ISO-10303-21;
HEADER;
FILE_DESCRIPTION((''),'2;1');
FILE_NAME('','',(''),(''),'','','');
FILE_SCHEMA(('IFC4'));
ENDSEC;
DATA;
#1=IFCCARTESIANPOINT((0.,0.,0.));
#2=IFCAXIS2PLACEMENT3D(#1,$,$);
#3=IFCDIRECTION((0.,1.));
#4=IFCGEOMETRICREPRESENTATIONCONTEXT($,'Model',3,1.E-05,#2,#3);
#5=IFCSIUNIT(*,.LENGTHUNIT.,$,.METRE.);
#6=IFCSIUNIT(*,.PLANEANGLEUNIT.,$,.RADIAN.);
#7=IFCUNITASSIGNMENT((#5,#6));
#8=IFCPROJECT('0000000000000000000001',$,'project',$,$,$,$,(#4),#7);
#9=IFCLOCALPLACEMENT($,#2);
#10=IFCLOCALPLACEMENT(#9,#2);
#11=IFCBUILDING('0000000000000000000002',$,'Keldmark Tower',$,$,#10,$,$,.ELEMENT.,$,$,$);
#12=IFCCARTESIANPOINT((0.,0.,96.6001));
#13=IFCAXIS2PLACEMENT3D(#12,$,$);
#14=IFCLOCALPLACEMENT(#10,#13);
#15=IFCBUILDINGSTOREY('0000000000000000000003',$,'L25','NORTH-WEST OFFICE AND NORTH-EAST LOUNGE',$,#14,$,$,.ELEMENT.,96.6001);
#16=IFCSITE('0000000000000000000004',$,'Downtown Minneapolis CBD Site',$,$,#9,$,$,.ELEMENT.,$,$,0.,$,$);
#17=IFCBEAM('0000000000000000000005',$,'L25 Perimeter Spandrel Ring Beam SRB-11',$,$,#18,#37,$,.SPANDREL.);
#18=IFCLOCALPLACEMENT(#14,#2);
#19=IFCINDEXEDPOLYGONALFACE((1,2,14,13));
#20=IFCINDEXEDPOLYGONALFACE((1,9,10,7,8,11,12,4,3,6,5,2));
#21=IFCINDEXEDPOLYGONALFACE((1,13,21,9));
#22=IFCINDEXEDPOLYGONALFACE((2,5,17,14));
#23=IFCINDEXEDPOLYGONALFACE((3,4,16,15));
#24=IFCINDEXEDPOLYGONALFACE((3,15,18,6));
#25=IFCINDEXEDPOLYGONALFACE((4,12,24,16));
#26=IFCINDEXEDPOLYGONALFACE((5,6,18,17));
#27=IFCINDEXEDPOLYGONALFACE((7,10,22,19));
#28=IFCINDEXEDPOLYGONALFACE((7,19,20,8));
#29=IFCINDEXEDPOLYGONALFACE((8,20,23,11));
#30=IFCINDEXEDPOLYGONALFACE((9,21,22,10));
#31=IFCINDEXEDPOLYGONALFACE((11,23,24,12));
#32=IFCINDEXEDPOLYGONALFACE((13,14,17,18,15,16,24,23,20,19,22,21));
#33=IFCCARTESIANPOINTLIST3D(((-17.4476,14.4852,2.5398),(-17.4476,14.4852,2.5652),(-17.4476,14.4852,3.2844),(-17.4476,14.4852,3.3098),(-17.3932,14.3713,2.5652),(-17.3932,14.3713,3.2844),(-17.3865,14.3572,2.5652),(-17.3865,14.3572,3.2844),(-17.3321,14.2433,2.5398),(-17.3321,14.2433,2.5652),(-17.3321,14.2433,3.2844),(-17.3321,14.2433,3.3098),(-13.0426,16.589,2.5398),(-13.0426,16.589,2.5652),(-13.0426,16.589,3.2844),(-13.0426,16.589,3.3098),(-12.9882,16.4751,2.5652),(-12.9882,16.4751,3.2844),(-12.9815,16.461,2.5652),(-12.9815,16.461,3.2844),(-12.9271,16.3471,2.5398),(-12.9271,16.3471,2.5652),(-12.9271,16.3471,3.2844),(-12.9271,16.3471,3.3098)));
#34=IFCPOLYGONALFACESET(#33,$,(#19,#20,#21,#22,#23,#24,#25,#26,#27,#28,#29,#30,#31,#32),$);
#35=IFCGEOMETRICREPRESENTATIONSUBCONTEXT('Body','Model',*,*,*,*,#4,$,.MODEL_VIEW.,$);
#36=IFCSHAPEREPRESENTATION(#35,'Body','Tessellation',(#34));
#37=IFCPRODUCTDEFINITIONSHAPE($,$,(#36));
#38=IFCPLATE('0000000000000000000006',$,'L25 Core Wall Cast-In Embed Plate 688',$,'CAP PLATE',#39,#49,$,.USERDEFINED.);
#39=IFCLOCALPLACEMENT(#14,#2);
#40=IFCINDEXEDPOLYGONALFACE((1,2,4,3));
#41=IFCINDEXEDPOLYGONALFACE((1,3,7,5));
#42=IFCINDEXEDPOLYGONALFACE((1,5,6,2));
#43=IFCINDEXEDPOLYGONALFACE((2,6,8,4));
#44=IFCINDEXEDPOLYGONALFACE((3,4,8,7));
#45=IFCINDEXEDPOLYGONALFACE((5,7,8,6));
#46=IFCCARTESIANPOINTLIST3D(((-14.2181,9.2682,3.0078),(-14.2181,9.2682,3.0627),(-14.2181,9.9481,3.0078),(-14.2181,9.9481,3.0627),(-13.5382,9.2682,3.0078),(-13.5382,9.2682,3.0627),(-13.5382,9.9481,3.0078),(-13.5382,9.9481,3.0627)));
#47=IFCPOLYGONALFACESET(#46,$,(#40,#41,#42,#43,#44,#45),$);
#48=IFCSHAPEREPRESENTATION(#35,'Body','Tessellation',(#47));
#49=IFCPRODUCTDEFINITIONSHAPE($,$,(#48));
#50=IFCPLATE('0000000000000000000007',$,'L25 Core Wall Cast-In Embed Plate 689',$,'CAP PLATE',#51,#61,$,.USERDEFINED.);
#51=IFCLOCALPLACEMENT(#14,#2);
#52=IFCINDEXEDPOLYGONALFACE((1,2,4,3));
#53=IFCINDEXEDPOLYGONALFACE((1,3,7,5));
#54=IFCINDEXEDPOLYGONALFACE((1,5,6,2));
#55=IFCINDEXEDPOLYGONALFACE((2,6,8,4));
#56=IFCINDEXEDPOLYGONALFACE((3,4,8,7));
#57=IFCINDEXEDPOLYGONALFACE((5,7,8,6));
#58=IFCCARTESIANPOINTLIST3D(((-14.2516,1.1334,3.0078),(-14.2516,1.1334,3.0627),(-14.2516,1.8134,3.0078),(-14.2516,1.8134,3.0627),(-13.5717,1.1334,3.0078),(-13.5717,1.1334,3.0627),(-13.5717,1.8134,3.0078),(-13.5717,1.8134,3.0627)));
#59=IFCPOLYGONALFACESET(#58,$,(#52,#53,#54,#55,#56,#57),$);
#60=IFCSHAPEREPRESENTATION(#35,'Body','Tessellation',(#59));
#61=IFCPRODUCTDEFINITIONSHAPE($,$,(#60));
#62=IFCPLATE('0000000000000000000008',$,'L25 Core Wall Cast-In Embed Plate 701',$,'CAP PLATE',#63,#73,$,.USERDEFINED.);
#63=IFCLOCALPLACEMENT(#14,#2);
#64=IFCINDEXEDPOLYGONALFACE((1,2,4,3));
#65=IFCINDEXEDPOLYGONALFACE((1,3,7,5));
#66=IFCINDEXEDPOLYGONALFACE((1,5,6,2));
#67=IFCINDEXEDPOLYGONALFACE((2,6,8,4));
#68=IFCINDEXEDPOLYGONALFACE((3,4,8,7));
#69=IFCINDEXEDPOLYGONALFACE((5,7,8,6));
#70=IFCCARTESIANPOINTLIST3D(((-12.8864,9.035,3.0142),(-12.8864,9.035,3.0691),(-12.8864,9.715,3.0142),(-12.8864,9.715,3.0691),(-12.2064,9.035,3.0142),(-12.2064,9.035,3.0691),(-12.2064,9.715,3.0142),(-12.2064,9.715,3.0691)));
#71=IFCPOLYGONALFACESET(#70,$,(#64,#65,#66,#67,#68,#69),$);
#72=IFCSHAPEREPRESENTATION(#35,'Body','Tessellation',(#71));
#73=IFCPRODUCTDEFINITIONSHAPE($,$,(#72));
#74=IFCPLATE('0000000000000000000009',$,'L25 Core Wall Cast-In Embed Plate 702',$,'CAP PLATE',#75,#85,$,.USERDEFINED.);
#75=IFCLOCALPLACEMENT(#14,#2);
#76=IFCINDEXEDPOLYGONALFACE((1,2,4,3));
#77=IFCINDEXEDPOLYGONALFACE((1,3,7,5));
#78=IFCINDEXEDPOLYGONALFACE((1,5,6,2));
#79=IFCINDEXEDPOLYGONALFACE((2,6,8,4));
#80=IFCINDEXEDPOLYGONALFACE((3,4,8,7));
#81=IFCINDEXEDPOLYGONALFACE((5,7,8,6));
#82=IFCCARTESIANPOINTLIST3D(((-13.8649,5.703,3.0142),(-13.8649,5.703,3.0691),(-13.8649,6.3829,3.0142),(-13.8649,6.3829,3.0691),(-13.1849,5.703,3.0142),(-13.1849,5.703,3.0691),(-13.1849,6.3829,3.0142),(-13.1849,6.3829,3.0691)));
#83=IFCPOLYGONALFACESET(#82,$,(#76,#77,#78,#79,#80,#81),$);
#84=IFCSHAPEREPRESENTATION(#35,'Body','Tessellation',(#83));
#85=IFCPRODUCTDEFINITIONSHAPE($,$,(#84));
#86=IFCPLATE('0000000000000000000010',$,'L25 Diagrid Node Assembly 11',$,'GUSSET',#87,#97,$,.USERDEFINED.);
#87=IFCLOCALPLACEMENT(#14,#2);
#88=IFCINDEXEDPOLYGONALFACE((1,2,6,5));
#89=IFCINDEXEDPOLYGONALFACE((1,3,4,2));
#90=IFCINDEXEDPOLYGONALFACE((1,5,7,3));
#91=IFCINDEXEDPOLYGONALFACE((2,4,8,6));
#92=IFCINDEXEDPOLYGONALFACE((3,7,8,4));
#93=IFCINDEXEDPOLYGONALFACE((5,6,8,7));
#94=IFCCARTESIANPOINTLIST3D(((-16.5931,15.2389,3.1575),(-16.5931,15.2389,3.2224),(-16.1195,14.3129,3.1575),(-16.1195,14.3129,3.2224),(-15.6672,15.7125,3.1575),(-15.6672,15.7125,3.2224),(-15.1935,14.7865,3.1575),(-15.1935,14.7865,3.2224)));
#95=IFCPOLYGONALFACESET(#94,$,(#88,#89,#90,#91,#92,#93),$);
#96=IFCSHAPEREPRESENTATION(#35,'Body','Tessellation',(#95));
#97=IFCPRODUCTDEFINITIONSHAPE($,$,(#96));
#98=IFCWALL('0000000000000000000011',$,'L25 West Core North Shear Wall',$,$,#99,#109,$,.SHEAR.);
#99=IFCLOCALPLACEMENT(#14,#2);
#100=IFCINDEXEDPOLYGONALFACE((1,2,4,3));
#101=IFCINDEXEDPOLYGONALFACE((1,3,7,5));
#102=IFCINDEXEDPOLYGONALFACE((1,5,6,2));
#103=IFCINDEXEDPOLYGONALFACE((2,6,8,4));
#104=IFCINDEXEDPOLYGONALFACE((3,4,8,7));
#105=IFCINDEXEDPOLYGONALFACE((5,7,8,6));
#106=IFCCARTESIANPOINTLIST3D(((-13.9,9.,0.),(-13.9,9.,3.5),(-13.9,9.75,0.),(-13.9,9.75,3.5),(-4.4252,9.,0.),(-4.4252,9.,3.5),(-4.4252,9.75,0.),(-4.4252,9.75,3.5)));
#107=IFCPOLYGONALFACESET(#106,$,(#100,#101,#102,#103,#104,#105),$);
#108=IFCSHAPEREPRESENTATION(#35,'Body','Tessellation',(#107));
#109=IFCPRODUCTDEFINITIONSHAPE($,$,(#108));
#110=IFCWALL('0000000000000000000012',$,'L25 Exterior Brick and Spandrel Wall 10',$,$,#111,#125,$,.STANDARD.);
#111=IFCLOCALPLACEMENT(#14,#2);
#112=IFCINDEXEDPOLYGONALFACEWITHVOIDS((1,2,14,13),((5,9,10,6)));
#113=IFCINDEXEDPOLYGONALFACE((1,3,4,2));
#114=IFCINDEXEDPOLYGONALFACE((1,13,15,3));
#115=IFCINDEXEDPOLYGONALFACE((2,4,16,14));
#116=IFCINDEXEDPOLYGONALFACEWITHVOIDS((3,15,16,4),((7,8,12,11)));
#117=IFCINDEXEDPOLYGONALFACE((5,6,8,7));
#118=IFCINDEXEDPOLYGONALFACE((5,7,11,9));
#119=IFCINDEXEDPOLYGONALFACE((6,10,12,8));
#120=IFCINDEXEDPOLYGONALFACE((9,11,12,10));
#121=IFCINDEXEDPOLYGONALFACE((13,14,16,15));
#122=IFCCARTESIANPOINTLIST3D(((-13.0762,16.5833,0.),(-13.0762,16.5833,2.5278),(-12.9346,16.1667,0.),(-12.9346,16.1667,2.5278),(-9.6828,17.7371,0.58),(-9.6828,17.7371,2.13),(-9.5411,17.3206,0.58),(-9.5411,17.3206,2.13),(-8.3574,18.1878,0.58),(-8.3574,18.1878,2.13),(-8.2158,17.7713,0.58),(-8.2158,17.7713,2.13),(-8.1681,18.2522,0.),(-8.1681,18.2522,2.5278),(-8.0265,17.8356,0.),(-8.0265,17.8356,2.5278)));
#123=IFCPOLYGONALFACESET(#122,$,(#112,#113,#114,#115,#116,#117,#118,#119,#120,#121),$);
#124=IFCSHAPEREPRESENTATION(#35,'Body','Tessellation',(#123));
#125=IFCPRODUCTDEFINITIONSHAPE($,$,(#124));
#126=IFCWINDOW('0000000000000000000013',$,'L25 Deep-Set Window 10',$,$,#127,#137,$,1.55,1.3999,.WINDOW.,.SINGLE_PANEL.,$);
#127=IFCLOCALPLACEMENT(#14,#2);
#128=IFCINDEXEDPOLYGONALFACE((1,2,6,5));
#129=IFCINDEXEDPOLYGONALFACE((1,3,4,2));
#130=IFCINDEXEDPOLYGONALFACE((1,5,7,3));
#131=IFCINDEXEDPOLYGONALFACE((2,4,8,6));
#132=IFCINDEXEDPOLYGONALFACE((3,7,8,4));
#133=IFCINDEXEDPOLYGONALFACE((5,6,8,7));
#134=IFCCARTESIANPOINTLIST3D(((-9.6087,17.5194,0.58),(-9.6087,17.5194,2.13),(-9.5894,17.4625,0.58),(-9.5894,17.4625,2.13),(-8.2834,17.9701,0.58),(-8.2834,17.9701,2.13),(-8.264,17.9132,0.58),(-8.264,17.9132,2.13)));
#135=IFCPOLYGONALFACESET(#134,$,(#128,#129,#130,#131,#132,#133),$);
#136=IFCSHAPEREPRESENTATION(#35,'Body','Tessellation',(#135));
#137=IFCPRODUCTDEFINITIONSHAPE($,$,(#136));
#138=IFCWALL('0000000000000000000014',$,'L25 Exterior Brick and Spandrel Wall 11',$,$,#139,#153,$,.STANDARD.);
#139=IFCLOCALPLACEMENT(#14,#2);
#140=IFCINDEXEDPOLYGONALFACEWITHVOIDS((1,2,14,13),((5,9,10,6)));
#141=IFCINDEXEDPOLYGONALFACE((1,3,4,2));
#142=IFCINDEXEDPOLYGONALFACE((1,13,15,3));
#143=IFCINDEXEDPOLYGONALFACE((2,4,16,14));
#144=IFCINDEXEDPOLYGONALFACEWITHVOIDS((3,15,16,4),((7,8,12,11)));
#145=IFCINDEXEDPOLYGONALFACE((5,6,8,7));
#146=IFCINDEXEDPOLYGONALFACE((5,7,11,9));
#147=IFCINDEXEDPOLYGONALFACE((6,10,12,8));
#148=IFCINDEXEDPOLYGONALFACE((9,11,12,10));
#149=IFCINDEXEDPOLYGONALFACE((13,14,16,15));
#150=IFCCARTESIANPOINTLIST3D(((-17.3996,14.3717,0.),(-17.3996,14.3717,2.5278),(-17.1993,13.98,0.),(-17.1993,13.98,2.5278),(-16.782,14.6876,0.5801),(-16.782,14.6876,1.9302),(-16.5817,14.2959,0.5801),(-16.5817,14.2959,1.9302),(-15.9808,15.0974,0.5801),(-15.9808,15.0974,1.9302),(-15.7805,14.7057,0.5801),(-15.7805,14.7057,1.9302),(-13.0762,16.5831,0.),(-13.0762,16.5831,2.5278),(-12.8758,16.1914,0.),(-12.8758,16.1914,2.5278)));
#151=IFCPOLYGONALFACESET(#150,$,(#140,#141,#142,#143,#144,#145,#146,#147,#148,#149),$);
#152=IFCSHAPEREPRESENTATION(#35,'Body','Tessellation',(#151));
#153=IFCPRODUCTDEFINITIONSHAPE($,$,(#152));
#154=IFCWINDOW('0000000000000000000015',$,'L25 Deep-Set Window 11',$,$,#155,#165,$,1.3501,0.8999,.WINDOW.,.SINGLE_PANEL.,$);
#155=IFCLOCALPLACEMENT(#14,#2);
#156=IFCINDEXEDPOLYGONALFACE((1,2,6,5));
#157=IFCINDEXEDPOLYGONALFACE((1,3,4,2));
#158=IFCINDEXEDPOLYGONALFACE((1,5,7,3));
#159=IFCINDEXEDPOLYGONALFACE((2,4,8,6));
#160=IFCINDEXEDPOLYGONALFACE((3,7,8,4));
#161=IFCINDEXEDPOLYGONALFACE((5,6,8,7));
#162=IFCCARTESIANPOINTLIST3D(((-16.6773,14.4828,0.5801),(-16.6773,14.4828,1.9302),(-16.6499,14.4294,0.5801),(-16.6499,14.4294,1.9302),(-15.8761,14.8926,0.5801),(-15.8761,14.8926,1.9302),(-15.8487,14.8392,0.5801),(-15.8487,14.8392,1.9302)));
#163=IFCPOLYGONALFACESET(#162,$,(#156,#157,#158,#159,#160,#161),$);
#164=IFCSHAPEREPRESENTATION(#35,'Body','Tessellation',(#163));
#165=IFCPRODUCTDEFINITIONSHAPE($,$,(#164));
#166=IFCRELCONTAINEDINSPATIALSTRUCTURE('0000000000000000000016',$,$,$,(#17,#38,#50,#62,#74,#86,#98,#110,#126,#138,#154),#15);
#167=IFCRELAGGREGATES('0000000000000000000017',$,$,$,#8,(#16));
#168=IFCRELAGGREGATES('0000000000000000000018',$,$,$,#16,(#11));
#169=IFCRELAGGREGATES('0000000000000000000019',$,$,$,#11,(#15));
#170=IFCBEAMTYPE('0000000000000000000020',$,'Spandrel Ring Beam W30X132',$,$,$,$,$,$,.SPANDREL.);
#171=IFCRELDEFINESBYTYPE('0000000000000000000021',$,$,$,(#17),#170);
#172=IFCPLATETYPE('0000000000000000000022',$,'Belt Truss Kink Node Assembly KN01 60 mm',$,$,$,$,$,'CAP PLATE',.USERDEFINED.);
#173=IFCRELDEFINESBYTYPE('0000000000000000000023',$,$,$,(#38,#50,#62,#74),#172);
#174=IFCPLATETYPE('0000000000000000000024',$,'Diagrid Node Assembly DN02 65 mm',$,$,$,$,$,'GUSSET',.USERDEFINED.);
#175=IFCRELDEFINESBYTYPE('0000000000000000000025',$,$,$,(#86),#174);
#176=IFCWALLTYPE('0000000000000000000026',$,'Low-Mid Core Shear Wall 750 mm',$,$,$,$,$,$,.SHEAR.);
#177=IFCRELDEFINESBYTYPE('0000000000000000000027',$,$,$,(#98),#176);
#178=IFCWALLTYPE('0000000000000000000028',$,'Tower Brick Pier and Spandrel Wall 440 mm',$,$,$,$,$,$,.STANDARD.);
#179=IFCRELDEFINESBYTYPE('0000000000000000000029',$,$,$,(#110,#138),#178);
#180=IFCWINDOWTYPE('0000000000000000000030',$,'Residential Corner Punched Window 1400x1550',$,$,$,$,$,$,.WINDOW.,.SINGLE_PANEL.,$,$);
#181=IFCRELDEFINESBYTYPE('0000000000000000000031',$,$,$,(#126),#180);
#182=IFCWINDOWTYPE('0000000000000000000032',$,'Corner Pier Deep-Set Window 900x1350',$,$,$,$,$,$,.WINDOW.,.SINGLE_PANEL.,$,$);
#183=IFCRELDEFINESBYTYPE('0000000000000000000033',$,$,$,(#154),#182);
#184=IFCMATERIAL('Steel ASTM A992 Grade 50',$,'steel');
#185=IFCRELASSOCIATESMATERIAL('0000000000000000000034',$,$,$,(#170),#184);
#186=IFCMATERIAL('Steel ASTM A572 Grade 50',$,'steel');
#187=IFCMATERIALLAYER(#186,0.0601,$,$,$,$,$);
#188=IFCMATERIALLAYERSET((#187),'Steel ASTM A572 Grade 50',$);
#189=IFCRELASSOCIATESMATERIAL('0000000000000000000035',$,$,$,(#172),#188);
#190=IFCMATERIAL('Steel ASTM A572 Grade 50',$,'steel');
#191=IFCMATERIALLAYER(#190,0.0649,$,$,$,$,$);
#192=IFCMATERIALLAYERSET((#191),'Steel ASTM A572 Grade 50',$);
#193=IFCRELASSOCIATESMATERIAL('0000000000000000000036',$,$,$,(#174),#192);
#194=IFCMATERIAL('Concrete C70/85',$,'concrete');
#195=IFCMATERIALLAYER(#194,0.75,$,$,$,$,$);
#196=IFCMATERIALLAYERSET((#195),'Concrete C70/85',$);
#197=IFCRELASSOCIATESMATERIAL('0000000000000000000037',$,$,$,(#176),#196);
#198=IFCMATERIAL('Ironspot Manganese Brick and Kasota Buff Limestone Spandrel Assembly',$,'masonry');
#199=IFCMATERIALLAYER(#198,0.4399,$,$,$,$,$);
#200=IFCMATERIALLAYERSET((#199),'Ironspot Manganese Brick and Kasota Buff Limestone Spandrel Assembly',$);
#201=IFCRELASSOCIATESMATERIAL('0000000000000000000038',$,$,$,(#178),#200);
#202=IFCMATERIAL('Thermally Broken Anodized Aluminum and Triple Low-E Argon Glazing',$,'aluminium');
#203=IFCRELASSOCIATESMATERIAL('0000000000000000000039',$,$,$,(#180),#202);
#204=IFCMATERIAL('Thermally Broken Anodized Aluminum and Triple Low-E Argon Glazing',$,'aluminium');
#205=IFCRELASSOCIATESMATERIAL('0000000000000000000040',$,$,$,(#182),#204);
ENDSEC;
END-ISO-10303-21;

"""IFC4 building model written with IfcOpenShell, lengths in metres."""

from ifc_helpers import new_model, si_unit, direction, frame, frame_2d, origin, origin_2d, place, context, subcontext, project, spatial, rectangle, i_section, extrude, material, layer, layer_set, material_profile, profile_set, type_object, element, fill, save


model = new_model("IFC4")

# Units and contexts
model_context = context("Model", 3, precision=1e-05, world=origin(), true_north=direction((0.0, 1.0)))
body_context = subcontext(model_context, "Body", "Model", "MODEL_VIEW")
ifc_project = project(units=[si_unit("LENGTHUNIT", "METRE"), si_unit("PLANEANGLEUNIT", "RADIAN")], contexts=[model_context])

# Site, building, storey
site_placement = place(None, origin())
site = spatial("IfcSite", under=ifc_project, at=site_placement, Name="Downtown Minneapolis CBD Site", CompositionType="ELEMENT", RefElevation=0.0)
building_placement = place(site_placement, origin())
building = spatial("IfcBuilding", under=site, at=building_placement, Name="Keldmark Tower", CompositionType="ELEMENT")
storey_placement = place(building_placement, frame((0.0, 0.0, 96.6001)))
storey = spatial("IfcBuildingStorey", under=building, at=storey_placement, Name="L25", Description="NORTH-WEST OFFICE AND NORTH-EAST LOUNGE", CompositionType="ELEMENT", Elevation=96.6001)

# Beam
ifc_material_1 = material(Name="Steel ASTM A992 Grade 50", Category="steel")
ifc_material_profile_1 = material_profile(ifc_material_1, i_section(OverallWidth=0.2681, OverallDepth=0.77, WebThickness=0.0156, FlangeThickness=0.0254, at=origin_2d()), Name="W30X132")
ifc_profile_set_1 = profile_set([ifc_material_profile_1], Name="Steel ASTM A992 Grade 50")
beam_type_1 = type_object("IfcBeamType", Name="Spandrel Ring Beam W30X132", PredefinedType="SPANDREL", material=ifc_profile_set_1)
beam_1_placement = place(storey_placement, frame((-12.9849, 16.468, 2.9248), z_axis=(-0.902373, -0.430956, 0.0), x_axis=(0.430956, -0.902373, 0.0)))
element("IfcBeam", 1, at=beam_1_placement, inside=storey, type_object=beam_type_1, Name="L25 Perimeter Spandrel Ring Beam SRB-11", PredefinedType="SPANDREL", context=body_context, shape_type="SweptSolid", body=[
    extrude(i_section(OverallWidth=0.2681, OverallDepth=0.77, WebThickness=0.0156, FlangeThickness=0.0254, at=origin_2d()), origin(), (0.0, 0.0, 1.0), 4.8816),
])

# Plates
ifc_material_2 = material(Name="Steel ASTM A572 Grade 50", Category="steel")
ifc_layer_1 = layer(ifc_material_2, 0.0601)
ifc_layer_set_1 = layer_set([ifc_layer_1], Name="Steel ASTM A572 Grade 50")
plate_type_1 = type_object("IfcPlateType", Name="Belt Truss Kink Node Assembly KN01 60 mm", ElementType="CAP PLATE", PredefinedType="USERDEFINED", material=ifc_layer_set_1)
for number, where, z_axis, x_axis, name in (
    (2, (-13.8782, 9.6082, 3.0078), (0.0, 0.0, 1.0), (1.0, 0.0, 0.0), "L25 Core Wall Cast-In Embed Plate 688"),
    (3, (-13.9116, 1.4734, 3.0078), (0.0, 0.0, 1.0), (1.0, 0.0, 0.0), "L25 Core Wall Cast-In Embed Plate 689"),
    (4, (-12.5464, 9.375, 3.0142), (0.0, 0.0, 1.0), (1.0, 0.0, 0.0), "L25 Core Wall Cast-In Embed Plate 701"),
    (5, (-13.5249, 6.043, 3.0142), (0.0, 0.0, 1.0), (1.0, 0.0, 0.0), "L25 Core Wall Cast-In Embed Plate 702"),
):
    element("IfcPlate", number, at=place(storey_placement, frame(where, z_axis=z_axis, x_axis=x_axis)), inside=storey, type_object=plate_type_1, Name=name, ObjectType="CAP PLATE", PredefinedType="USERDEFINED", context=body_context, shape_type="SweptSolid", body=[
        extrude(rectangle(XDim=0.6799, YDim=0.6799, at=origin_2d()), origin(), (0.0, 0.0, 1.0), 0.0549),
    ])
ifc_material_3 = material(Name="Steel ASTM A572 Grade 50", Category="steel")
ifc_layer_2 = layer(ifc_material_3, 0.0649)
ifc_layer_set_2 = layer_set([ifc_layer_2], Name="Steel ASTM A572 Grade 50")
plate_type_2 = type_object("IfcPlateType", Name="Diagrid Node Assembly DN02 65 mm", ElementType="GUSSET", PredefinedType="USERDEFINED", material=ifc_layer_set_2)
plate_placement = place(storey_placement, frame((-15.8933, 15.0127, 3.1575), z_axis=(0.0, 0.0, 1.0), x_axis=(-0.890292, -0.45539, 0.0)))
element("IfcPlate", 6, at=plate_placement, inside=storey, type_object=plate_type_2, Name="L25 Diagrid Node Assembly 11", ObjectType="GUSSET", PredefinedType="USERDEFINED", context=body_context, shape_type="SweptSolid", body=[
    extrude(rectangle(XDim=1.04, YDim=1.04, at=origin_2d()), origin(), (0.0, 0.0, 1.0), 0.0649),
])

# Wall
ifc_material_4 = material(Name="Concrete C70/85", Category="concrete")
ifc_layer_3 = layer(ifc_material_4, 0.75)
ifc_layer_set_3 = layer_set([ifc_layer_3], Name="Concrete C70/85")
wall_type_1 = type_object("IfcWallType", Name="Low-Mid Core Shear Wall 750 mm", PredefinedType="SHEAR", material=ifc_layer_set_3)
wall_1_placement = place(storey_placement, frame((-13.8999, 9.375, 0.0), z_axis=(0.0, 0.0, 1.0), x_axis=(1.0, 0.0, 0.0)))
element("IfcWall", 7, at=wall_1_placement, inside=storey, type_object=wall_type_1, Name="L25 West Core North Shear Wall", PredefinedType="SHEAR", context=body_context, shape_type="SweptSolid", body=[
    extrude(rectangle(XDim=9.4749, YDim=0.75, at=frame_2d((4.7373, 0.0))), origin(), (0.0, 0.0, 1.0), 3.5),
])

# Walls, openings, windows
ifc_material_5 = material(Name="Ironspot Manganese Brick and Kasota Buff Limestone Spandrel Assembly", Category="masonry")
ifc_layer_4 = layer(ifc_material_5, 0.4399)
ifc_layer_set_4 = layer_set([ifc_layer_4], Name="Ironspot Manganese Brick and Kasota Buff Limestone Spandrel Assembly")
wall_type_2 = type_object("IfcWallType", Name="Tower Brick Pier and Spandrel Wall 440 mm", PredefinedType="STANDARD", material=ifc_layer_set_4)
wall_2_placement = place(storey_placement, frame((-13.0054, 16.375, 0.0), z_axis=(0.0, 0.0, 1.0), x_axis=(0.946764, 0.32193, 0.0)))
wall_2 = element("IfcWall", 8, at=wall_2_placement, inside=storey, type_object=wall_type_2, Name="L25 Exterior Brick and Spandrel Wall 10", PredefinedType="STANDARD", context=body_context, shape_type="SweptSolid", body=[
    extrude(rectangle(XDim=5.1841, YDim=0.4399, at=frame_2d((2.592, 0.0))), origin(), (0.0, 0.0, 1.0), 2.5278),
])
opening_1_placement = place(wall_2_placement, frame((3.5842, 0.0, 0.5801)))
opening_1 = element("IfcOpeningElement", 9, at=opening_1_placement, cuts=wall_2, PredefinedType="OPENING", context=body_context, shape_type="SweptSolid", body=[
    extrude(rectangle(XDim=1.3999, YDim=1.55, at=frame_2d((0.7, 0.7749))), frame((0.0, 0.23, 0.0), z_axis=(0.0, -1.0, 0.0), x_axis=(1.0, 0.0, 0.0)), (0.0, 0.0, 1.0), 0.46),
])
ifc_material_6 = material(Name="Thermally Broken Anodized Aluminum and Triple Low-E Argon Glazing", Category="aluminium")
window_type_1 = type_object("IfcWindowType", Name="Residential Corner Punched Window 1400x1550", PartitioningType="SINGLE_PANEL", PredefinedType="WINDOW", material=ifc_material_6)
window_1_placement = place(opening_1_placement, origin())
window_1 = element("IfcWindow", 10, at=window_1_placement, inside=storey, type_object=window_type_1, Name="L25 Deep-Set Window 10", OverallHeight=1.55, OverallWidth=1.3999, PartitioningType="SINGLE_PANEL", PredefinedType="WINDOW", context=body_context, shape_type="SweptSolid", body=[
    extrude(rectangle(XDim=1.3999, YDim=1.55, at=frame_2d((0.7, 0.7749))), frame((0.0, -0.01, 0.0), z_axis=(0.0, -1.0, 0.0), x_axis=(1.0, 0.0, 0.0)), (0.0, 0.0, 1.0), 0.0601),
])
fill(opening_1, window_1)
wall_3_placement = place(storey_placement, frame((-17.2996, 14.1758, 0.0), z_axis=(0.0, 0.0, 1.0), x_axis=(0.890297, 0.455379, 0.0)))
wall_3 = element("IfcWall", 11, at=wall_3_placement, inside=storey, type_object=wall_type_2, Name="L25 Exterior Brick and Spandrel Wall 11", PredefinedType="STANDARD", context=body_context, shape_type="SweptSolid", body=[
    extrude(rectangle(XDim=4.8562, YDim=0.4399, at=frame_2d((2.4282, 0.0))), origin(), (0.0, 0.0, 1.0), 2.5278),
])
opening_2_placement = place(wall_3_placement, frame((0.6938, 0.0, 0.5801)))
opening_2 = element("IfcOpeningElement", 12, at=opening_2_placement, cuts=wall_3, PredefinedType="OPENING", context=body_context, shape_type="SweptSolid", body=[
    extrude(rectangle(XDim=0.8999, YDim=1.3501, at=frame_2d((0.45, 0.675))), frame((0.0, 0.23, 0.0), z_axis=(0.0, -1.0, 0.0), x_axis=(1.0, 0.0, 0.0)), (0.0, 0.0, 1.0), 0.46),
])
ifc_material_7 = material(Name="Thermally Broken Anodized Aluminum and Triple Low-E Argon Glazing", Category="aluminium")
window_type_2 = type_object("IfcWindowType", Name="Corner Pier Deep-Set Window 900x1350", PartitioningType="SINGLE_PANEL", PredefinedType="WINDOW", material=ifc_material_7)
window_2_placement = place(opening_2_placement, origin())
window_2 = element("IfcWindow", 13, at=window_2_placement, inside=storey, type_object=window_type_2, Name="L25 Deep-Set Window 11", OverallHeight=1.3501, OverallWidth=0.8999, PartitioningType="SINGLE_PANEL", PredefinedType="WINDOW", context=body_context, shape_type="SweptSolid", body=[
    extrude(rectangle(XDim=0.8999, YDim=1.3501, at=frame_2d((0.45, 0.675))), frame((0.0, -0.01, 0.0), z_axis=(0.0, -1.0, 0.0), x_axis=(1.0, 0.0, 0.0)), (0.0, 0.0, 1.0), 0.0601),
])
fill(opening_2, window_2)

save(model, "model.ifc")
